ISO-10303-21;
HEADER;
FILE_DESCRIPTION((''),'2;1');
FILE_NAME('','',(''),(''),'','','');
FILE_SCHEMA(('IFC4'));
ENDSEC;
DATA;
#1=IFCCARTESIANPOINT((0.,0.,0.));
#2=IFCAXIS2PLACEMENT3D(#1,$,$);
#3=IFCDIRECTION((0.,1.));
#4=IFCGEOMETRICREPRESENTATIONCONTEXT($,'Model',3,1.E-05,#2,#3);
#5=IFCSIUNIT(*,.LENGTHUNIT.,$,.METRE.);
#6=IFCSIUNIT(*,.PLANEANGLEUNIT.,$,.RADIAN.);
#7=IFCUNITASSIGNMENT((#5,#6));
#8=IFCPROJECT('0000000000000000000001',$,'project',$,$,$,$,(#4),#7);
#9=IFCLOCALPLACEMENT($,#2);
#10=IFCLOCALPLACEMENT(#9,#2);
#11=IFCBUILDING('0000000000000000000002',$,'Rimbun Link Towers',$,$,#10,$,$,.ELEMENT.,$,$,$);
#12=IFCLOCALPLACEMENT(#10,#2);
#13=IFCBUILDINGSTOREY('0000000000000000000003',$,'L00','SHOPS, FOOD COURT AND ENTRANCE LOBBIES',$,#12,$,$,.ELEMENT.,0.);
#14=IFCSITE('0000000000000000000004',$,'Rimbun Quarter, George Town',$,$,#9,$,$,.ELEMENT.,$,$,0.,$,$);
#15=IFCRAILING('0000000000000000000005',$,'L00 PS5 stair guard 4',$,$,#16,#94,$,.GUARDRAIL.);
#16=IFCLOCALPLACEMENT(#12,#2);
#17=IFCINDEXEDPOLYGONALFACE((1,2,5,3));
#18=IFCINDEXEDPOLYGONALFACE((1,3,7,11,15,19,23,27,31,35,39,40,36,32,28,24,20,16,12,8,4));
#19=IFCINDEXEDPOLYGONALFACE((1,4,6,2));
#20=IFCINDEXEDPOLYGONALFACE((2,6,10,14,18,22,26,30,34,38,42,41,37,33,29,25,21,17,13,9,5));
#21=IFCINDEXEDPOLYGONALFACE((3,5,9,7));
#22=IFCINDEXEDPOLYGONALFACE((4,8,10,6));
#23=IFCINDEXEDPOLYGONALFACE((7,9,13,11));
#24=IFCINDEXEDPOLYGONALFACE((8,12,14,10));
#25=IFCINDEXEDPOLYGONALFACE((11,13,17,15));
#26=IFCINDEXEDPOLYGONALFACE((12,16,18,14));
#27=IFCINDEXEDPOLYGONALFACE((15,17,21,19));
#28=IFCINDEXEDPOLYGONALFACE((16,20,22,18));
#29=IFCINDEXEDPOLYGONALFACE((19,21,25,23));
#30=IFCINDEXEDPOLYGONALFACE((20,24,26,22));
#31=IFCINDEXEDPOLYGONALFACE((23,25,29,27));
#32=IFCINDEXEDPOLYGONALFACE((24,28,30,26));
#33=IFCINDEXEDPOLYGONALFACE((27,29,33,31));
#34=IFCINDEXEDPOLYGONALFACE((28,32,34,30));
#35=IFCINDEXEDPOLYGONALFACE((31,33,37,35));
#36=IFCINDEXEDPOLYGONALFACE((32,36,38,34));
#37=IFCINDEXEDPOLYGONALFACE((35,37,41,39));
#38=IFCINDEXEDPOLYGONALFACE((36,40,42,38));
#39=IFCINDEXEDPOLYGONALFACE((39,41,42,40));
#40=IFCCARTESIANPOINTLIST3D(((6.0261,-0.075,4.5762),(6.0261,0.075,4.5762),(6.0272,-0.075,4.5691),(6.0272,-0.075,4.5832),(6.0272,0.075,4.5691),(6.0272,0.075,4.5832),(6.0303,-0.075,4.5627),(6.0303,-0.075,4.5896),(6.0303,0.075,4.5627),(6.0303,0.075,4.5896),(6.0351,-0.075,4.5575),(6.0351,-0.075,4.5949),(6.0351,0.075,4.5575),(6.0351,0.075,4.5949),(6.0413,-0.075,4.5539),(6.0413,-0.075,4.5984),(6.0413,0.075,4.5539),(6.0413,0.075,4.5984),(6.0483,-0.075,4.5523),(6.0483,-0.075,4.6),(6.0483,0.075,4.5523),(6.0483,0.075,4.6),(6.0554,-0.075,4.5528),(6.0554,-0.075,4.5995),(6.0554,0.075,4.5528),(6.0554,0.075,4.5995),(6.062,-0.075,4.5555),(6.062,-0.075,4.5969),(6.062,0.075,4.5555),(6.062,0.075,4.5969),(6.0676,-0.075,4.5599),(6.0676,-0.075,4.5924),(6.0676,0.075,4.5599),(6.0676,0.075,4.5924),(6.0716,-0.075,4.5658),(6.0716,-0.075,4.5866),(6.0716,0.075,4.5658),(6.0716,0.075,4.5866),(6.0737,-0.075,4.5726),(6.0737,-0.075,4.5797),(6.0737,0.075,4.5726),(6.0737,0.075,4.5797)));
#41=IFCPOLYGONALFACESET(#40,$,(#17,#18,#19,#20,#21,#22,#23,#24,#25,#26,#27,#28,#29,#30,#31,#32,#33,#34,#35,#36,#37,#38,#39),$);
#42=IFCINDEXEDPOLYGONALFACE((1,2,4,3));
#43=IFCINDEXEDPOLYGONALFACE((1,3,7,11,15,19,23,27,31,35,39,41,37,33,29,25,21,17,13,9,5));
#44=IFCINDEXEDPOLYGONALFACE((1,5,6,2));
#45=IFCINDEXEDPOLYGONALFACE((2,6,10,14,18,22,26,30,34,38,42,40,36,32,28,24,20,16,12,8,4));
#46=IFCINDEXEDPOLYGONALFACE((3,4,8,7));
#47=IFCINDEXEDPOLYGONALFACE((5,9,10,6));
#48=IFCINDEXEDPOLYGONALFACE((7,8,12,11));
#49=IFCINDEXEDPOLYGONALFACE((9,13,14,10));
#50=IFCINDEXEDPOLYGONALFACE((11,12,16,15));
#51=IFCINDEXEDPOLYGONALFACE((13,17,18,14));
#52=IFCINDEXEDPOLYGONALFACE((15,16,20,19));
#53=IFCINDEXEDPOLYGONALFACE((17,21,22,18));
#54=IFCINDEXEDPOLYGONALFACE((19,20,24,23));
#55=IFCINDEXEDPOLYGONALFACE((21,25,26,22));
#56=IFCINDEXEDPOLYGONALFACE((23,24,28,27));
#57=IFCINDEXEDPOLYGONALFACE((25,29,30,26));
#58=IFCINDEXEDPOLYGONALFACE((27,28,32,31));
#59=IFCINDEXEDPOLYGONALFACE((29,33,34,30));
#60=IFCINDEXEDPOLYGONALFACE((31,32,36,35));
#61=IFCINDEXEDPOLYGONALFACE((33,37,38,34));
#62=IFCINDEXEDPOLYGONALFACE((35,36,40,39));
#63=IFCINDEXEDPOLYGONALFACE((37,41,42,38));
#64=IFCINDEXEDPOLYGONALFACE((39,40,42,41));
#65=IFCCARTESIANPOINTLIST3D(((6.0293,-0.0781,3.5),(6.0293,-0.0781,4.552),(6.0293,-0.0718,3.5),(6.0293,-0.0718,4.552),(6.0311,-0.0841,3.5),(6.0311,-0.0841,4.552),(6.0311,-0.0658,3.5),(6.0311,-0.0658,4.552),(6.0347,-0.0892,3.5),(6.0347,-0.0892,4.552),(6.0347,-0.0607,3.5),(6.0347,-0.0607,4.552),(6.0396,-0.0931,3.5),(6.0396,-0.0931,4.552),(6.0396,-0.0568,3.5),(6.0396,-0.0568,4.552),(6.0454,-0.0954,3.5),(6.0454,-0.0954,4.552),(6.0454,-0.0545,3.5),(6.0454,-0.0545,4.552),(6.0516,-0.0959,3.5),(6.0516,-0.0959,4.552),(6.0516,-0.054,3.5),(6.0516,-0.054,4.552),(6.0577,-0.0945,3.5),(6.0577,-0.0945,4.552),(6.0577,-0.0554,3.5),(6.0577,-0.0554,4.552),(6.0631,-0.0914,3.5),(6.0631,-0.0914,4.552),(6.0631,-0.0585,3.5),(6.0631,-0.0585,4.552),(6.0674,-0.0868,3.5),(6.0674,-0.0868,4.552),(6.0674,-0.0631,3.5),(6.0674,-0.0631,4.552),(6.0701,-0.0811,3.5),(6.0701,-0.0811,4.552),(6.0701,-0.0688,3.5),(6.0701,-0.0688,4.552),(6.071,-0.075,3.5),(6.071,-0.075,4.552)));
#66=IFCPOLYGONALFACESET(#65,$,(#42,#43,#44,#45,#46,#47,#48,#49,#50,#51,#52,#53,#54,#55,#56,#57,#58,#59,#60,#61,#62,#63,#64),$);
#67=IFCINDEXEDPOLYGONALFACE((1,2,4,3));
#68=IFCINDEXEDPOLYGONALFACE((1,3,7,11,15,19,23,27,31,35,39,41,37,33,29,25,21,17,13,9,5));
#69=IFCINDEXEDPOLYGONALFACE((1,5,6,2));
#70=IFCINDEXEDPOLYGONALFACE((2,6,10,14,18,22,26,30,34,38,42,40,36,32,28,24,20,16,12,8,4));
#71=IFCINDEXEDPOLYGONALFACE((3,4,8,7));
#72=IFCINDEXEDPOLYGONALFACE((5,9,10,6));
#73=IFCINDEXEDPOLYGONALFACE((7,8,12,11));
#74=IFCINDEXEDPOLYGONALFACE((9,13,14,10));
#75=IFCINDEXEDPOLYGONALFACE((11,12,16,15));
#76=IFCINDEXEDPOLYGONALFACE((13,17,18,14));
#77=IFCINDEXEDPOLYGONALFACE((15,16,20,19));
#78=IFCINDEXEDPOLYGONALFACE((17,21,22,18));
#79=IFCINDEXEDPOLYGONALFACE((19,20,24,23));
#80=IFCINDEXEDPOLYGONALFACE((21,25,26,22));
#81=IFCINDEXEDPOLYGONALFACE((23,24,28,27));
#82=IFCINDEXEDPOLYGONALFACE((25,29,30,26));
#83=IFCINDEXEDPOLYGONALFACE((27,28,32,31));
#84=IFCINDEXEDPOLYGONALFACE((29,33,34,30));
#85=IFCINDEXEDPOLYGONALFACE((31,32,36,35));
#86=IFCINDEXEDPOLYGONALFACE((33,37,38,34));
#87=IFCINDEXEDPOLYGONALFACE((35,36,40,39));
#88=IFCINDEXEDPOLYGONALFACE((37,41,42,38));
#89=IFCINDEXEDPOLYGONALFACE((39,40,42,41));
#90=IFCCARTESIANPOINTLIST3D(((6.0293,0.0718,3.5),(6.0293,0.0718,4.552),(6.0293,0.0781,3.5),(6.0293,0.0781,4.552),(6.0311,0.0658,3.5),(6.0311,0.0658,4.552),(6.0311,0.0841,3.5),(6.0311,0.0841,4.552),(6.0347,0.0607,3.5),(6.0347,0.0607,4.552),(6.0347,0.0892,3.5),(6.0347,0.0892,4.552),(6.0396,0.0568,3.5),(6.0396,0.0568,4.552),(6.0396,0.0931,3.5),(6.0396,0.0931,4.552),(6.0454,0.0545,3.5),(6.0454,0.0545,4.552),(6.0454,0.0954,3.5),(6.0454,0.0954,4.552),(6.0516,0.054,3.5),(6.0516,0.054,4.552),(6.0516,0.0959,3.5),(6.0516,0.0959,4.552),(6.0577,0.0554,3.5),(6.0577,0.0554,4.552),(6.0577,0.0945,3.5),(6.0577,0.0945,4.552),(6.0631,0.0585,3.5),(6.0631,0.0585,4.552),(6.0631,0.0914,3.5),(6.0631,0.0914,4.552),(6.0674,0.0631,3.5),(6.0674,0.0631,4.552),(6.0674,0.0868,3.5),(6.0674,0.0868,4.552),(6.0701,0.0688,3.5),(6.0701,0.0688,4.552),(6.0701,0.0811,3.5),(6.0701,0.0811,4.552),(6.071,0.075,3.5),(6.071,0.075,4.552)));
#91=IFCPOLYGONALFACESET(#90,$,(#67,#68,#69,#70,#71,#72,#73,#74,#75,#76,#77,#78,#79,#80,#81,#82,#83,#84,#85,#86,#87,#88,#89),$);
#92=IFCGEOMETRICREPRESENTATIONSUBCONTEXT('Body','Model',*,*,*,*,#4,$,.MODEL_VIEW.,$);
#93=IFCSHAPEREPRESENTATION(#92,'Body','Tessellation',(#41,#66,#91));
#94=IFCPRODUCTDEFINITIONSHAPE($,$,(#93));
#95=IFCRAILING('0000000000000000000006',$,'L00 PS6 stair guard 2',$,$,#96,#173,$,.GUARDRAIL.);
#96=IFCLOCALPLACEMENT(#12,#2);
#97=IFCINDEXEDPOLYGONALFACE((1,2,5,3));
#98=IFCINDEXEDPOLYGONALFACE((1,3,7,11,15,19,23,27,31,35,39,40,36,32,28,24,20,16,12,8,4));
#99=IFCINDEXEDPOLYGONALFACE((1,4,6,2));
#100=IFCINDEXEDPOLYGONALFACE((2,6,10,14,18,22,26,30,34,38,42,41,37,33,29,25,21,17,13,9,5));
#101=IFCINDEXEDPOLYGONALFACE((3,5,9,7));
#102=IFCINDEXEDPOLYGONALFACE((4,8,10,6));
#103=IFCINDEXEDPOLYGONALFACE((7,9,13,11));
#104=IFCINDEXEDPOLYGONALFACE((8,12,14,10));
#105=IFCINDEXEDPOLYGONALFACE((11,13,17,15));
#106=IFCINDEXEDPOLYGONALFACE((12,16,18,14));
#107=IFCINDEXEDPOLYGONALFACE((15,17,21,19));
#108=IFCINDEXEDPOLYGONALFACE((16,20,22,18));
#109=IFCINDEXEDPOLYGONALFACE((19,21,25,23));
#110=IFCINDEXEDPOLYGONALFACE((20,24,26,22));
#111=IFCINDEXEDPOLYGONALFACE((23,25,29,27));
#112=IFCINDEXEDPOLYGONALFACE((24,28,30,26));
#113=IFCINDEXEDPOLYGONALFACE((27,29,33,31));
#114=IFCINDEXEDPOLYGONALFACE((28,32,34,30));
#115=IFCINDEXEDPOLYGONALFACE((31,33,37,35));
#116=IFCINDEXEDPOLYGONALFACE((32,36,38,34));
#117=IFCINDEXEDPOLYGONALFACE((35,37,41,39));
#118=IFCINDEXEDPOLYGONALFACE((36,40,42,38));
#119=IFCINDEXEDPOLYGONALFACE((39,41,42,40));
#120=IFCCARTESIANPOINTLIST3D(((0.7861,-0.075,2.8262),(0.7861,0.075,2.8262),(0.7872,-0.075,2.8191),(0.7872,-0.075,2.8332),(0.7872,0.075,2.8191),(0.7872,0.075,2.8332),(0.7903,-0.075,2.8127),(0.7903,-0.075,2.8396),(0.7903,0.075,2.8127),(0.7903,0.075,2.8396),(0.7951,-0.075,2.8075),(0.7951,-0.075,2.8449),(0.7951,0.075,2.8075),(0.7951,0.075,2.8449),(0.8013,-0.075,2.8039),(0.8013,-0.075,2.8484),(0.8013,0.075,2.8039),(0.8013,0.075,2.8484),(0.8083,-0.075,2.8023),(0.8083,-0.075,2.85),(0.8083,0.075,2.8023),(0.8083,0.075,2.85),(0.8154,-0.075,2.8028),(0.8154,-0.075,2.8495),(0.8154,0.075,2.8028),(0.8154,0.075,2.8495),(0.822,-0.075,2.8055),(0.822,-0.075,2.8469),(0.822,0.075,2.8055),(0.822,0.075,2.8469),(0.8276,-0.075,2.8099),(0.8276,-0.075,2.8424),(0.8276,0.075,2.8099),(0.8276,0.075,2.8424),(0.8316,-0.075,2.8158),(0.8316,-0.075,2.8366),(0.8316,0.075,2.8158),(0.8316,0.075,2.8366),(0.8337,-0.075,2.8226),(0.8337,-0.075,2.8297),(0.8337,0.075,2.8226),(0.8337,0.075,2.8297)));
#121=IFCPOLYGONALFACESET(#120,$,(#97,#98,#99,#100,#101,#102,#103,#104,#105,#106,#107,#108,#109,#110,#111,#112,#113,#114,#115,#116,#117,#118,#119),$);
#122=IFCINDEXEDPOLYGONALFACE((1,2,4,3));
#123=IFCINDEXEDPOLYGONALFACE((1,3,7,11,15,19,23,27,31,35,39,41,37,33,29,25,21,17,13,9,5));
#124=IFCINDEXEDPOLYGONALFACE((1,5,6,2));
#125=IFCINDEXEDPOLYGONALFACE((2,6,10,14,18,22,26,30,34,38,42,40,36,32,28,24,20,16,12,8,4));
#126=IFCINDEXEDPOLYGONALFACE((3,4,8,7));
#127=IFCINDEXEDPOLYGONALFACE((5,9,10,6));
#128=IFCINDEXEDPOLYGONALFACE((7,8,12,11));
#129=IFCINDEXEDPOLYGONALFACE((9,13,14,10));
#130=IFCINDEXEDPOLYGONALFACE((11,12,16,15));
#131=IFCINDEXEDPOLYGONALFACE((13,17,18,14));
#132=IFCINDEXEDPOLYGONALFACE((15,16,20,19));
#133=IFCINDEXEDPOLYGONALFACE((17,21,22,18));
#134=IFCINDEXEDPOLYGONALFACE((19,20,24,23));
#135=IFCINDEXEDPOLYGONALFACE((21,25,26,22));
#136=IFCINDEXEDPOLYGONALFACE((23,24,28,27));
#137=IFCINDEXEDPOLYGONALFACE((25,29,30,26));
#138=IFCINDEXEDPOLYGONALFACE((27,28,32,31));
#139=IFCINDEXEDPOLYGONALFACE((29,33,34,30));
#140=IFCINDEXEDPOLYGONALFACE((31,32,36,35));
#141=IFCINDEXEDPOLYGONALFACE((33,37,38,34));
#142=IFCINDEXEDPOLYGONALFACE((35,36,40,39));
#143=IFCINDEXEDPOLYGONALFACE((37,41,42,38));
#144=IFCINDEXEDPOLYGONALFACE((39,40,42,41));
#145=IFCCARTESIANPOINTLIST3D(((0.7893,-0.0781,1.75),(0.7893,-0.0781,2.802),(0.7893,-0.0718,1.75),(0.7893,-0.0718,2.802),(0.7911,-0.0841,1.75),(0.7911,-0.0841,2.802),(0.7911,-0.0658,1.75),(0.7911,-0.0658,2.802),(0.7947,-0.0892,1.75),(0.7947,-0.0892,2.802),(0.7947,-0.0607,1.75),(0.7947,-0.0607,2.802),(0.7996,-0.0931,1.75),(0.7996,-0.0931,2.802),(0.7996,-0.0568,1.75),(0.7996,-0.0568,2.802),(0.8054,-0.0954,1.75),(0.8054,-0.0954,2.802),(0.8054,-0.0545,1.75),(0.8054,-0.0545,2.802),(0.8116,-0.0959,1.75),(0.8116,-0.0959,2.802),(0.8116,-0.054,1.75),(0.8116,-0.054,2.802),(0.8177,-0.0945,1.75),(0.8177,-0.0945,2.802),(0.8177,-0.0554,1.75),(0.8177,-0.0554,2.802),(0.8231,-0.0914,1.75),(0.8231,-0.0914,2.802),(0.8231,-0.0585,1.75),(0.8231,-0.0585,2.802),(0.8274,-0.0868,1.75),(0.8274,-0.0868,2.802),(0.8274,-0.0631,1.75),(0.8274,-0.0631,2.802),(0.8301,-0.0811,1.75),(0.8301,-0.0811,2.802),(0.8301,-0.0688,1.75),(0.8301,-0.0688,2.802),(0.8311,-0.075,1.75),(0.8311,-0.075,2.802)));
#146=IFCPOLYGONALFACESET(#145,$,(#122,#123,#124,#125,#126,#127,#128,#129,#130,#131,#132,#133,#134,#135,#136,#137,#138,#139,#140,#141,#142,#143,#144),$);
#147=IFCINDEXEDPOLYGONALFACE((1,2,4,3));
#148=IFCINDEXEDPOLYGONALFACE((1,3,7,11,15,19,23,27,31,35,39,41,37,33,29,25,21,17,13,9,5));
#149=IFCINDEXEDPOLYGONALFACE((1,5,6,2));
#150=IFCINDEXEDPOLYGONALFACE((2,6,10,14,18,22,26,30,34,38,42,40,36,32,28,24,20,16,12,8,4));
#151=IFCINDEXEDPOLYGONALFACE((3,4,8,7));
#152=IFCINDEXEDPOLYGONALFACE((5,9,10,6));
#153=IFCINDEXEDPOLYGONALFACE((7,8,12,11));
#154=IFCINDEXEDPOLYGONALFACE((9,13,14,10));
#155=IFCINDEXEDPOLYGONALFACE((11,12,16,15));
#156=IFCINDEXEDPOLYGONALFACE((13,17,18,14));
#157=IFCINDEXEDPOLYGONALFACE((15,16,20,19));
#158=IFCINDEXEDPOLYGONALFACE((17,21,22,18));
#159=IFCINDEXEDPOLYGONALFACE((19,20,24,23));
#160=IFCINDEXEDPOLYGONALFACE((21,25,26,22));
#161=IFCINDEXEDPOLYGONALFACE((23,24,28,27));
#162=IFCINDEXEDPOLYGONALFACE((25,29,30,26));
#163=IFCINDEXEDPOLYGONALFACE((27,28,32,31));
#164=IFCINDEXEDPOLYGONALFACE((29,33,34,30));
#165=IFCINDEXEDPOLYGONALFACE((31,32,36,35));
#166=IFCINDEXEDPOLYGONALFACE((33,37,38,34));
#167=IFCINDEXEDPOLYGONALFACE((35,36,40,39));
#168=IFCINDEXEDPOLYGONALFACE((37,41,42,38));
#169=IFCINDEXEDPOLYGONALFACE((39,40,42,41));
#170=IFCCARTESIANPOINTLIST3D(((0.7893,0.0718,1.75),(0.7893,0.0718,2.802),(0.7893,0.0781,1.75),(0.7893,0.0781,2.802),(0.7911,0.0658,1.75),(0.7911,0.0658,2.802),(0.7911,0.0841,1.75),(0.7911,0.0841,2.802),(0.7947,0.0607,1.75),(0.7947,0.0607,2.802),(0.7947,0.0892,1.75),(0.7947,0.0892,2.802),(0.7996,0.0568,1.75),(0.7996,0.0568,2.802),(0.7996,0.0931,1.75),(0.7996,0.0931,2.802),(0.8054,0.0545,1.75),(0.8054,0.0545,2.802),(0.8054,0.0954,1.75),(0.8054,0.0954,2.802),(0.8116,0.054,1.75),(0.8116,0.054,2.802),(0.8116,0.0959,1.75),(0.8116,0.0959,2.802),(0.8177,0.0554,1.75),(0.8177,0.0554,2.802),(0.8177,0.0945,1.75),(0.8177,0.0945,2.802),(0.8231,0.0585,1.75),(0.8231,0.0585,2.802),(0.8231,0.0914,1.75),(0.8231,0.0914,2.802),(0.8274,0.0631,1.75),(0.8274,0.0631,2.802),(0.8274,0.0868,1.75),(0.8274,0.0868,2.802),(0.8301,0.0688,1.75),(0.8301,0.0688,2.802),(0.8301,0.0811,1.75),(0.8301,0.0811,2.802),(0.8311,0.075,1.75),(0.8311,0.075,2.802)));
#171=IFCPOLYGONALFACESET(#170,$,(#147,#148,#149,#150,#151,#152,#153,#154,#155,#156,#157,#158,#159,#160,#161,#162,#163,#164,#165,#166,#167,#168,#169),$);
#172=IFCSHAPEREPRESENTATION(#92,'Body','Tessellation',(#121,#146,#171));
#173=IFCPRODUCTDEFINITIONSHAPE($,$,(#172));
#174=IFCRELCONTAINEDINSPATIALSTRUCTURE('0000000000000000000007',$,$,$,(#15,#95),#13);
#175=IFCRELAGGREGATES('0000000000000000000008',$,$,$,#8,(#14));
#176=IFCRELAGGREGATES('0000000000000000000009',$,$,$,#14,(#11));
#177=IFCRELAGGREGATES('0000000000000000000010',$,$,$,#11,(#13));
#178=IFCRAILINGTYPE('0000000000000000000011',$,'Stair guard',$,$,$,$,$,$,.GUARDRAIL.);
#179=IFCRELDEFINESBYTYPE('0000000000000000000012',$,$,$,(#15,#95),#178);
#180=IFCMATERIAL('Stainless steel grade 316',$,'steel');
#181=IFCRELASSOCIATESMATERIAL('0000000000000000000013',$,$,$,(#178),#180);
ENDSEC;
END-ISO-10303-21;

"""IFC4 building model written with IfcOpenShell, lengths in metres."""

from ifc_helpers import new_model, si_unit, direction, frame, origin, origin_2d, place, context, subcontext, project, spatial, circle, extrude, material, type_object, element, save


model = new_model("IFC4")

# Units and contexts
model_context = context("Model", 3, precision=1e-05, world=origin(), true_north=direction((0.0, 1.0)))
body_context = subcontext(model_context, "Body", "Model", "MODEL_VIEW")
ifc_project = project(units=[si_unit("LENGTHUNIT", "METRE"), si_unit("PLANEANGLEUNIT", "RADIAN")], contexts=[model_context])

# Site, building, storey
site_placement = place(None, origin())
site = spatial("IfcSite", under=ifc_project, at=site_placement, Name="Rimbun Quarter, George Town", CompositionType="ELEMENT", RefElevation=0.0)
building_placement = place(site_placement, origin())
building = spatial("IfcBuilding", under=site, at=building_placement, Name="Rimbun Link Towers", CompositionType="ELEMENT")
storey_placement = place(building_placement, origin())
storey = spatial("IfcBuildingStorey", under=building, at=storey_placement, Name="L00", Description="SHOPS, FOOD COURT AND ENTRANCE LOBBIES", CompositionType="ELEMENT", Elevation=0.0)

# Railings
ifc_material_1 = material(Name="Stainless steel grade 316", Category="steel")
railing_type_1 = type_object("IfcRailingType", Name="Stair guard", PredefinedType="GUARDRAIL", material=ifc_material_1)
for number, where, name in (
    (1, (6.05, -0.075, 3.5), "L00 PS5 stair guard 4"),
    (2, (0.8101, -0.075, 1.75), "L00 PS6 stair guard 2"),
):
    element("IfcRailing", number, at=place(storey_placement, frame(where)), inside=storey, type_object=railing_type_1, Name=name, PredefinedType="GUARDRAIL", context=body_context, shape_type="SweptSolid", body=[
        extrude(circle(Radius=0.0239, at=origin_2d()), frame((0.0, 0.0, 1.0762), z_axis=(0.0, 1.0, 0.0), x_axis=(-1.0, 0.0, 0.0)), (0.0, 0.0, 1.0), 0.1499),
        extrude(circle(Radius=0.021, at=origin_2d()), origin(), (0.0, 0.0, 1.0), 1.052),
        extrude(circle(Radius=0.021, at=origin_2d()), frame((0.0, 0.1499, 0.0)), (0.0, 0.0, 1.0), 1.052),
    ])

save(model, "model.ifc")
